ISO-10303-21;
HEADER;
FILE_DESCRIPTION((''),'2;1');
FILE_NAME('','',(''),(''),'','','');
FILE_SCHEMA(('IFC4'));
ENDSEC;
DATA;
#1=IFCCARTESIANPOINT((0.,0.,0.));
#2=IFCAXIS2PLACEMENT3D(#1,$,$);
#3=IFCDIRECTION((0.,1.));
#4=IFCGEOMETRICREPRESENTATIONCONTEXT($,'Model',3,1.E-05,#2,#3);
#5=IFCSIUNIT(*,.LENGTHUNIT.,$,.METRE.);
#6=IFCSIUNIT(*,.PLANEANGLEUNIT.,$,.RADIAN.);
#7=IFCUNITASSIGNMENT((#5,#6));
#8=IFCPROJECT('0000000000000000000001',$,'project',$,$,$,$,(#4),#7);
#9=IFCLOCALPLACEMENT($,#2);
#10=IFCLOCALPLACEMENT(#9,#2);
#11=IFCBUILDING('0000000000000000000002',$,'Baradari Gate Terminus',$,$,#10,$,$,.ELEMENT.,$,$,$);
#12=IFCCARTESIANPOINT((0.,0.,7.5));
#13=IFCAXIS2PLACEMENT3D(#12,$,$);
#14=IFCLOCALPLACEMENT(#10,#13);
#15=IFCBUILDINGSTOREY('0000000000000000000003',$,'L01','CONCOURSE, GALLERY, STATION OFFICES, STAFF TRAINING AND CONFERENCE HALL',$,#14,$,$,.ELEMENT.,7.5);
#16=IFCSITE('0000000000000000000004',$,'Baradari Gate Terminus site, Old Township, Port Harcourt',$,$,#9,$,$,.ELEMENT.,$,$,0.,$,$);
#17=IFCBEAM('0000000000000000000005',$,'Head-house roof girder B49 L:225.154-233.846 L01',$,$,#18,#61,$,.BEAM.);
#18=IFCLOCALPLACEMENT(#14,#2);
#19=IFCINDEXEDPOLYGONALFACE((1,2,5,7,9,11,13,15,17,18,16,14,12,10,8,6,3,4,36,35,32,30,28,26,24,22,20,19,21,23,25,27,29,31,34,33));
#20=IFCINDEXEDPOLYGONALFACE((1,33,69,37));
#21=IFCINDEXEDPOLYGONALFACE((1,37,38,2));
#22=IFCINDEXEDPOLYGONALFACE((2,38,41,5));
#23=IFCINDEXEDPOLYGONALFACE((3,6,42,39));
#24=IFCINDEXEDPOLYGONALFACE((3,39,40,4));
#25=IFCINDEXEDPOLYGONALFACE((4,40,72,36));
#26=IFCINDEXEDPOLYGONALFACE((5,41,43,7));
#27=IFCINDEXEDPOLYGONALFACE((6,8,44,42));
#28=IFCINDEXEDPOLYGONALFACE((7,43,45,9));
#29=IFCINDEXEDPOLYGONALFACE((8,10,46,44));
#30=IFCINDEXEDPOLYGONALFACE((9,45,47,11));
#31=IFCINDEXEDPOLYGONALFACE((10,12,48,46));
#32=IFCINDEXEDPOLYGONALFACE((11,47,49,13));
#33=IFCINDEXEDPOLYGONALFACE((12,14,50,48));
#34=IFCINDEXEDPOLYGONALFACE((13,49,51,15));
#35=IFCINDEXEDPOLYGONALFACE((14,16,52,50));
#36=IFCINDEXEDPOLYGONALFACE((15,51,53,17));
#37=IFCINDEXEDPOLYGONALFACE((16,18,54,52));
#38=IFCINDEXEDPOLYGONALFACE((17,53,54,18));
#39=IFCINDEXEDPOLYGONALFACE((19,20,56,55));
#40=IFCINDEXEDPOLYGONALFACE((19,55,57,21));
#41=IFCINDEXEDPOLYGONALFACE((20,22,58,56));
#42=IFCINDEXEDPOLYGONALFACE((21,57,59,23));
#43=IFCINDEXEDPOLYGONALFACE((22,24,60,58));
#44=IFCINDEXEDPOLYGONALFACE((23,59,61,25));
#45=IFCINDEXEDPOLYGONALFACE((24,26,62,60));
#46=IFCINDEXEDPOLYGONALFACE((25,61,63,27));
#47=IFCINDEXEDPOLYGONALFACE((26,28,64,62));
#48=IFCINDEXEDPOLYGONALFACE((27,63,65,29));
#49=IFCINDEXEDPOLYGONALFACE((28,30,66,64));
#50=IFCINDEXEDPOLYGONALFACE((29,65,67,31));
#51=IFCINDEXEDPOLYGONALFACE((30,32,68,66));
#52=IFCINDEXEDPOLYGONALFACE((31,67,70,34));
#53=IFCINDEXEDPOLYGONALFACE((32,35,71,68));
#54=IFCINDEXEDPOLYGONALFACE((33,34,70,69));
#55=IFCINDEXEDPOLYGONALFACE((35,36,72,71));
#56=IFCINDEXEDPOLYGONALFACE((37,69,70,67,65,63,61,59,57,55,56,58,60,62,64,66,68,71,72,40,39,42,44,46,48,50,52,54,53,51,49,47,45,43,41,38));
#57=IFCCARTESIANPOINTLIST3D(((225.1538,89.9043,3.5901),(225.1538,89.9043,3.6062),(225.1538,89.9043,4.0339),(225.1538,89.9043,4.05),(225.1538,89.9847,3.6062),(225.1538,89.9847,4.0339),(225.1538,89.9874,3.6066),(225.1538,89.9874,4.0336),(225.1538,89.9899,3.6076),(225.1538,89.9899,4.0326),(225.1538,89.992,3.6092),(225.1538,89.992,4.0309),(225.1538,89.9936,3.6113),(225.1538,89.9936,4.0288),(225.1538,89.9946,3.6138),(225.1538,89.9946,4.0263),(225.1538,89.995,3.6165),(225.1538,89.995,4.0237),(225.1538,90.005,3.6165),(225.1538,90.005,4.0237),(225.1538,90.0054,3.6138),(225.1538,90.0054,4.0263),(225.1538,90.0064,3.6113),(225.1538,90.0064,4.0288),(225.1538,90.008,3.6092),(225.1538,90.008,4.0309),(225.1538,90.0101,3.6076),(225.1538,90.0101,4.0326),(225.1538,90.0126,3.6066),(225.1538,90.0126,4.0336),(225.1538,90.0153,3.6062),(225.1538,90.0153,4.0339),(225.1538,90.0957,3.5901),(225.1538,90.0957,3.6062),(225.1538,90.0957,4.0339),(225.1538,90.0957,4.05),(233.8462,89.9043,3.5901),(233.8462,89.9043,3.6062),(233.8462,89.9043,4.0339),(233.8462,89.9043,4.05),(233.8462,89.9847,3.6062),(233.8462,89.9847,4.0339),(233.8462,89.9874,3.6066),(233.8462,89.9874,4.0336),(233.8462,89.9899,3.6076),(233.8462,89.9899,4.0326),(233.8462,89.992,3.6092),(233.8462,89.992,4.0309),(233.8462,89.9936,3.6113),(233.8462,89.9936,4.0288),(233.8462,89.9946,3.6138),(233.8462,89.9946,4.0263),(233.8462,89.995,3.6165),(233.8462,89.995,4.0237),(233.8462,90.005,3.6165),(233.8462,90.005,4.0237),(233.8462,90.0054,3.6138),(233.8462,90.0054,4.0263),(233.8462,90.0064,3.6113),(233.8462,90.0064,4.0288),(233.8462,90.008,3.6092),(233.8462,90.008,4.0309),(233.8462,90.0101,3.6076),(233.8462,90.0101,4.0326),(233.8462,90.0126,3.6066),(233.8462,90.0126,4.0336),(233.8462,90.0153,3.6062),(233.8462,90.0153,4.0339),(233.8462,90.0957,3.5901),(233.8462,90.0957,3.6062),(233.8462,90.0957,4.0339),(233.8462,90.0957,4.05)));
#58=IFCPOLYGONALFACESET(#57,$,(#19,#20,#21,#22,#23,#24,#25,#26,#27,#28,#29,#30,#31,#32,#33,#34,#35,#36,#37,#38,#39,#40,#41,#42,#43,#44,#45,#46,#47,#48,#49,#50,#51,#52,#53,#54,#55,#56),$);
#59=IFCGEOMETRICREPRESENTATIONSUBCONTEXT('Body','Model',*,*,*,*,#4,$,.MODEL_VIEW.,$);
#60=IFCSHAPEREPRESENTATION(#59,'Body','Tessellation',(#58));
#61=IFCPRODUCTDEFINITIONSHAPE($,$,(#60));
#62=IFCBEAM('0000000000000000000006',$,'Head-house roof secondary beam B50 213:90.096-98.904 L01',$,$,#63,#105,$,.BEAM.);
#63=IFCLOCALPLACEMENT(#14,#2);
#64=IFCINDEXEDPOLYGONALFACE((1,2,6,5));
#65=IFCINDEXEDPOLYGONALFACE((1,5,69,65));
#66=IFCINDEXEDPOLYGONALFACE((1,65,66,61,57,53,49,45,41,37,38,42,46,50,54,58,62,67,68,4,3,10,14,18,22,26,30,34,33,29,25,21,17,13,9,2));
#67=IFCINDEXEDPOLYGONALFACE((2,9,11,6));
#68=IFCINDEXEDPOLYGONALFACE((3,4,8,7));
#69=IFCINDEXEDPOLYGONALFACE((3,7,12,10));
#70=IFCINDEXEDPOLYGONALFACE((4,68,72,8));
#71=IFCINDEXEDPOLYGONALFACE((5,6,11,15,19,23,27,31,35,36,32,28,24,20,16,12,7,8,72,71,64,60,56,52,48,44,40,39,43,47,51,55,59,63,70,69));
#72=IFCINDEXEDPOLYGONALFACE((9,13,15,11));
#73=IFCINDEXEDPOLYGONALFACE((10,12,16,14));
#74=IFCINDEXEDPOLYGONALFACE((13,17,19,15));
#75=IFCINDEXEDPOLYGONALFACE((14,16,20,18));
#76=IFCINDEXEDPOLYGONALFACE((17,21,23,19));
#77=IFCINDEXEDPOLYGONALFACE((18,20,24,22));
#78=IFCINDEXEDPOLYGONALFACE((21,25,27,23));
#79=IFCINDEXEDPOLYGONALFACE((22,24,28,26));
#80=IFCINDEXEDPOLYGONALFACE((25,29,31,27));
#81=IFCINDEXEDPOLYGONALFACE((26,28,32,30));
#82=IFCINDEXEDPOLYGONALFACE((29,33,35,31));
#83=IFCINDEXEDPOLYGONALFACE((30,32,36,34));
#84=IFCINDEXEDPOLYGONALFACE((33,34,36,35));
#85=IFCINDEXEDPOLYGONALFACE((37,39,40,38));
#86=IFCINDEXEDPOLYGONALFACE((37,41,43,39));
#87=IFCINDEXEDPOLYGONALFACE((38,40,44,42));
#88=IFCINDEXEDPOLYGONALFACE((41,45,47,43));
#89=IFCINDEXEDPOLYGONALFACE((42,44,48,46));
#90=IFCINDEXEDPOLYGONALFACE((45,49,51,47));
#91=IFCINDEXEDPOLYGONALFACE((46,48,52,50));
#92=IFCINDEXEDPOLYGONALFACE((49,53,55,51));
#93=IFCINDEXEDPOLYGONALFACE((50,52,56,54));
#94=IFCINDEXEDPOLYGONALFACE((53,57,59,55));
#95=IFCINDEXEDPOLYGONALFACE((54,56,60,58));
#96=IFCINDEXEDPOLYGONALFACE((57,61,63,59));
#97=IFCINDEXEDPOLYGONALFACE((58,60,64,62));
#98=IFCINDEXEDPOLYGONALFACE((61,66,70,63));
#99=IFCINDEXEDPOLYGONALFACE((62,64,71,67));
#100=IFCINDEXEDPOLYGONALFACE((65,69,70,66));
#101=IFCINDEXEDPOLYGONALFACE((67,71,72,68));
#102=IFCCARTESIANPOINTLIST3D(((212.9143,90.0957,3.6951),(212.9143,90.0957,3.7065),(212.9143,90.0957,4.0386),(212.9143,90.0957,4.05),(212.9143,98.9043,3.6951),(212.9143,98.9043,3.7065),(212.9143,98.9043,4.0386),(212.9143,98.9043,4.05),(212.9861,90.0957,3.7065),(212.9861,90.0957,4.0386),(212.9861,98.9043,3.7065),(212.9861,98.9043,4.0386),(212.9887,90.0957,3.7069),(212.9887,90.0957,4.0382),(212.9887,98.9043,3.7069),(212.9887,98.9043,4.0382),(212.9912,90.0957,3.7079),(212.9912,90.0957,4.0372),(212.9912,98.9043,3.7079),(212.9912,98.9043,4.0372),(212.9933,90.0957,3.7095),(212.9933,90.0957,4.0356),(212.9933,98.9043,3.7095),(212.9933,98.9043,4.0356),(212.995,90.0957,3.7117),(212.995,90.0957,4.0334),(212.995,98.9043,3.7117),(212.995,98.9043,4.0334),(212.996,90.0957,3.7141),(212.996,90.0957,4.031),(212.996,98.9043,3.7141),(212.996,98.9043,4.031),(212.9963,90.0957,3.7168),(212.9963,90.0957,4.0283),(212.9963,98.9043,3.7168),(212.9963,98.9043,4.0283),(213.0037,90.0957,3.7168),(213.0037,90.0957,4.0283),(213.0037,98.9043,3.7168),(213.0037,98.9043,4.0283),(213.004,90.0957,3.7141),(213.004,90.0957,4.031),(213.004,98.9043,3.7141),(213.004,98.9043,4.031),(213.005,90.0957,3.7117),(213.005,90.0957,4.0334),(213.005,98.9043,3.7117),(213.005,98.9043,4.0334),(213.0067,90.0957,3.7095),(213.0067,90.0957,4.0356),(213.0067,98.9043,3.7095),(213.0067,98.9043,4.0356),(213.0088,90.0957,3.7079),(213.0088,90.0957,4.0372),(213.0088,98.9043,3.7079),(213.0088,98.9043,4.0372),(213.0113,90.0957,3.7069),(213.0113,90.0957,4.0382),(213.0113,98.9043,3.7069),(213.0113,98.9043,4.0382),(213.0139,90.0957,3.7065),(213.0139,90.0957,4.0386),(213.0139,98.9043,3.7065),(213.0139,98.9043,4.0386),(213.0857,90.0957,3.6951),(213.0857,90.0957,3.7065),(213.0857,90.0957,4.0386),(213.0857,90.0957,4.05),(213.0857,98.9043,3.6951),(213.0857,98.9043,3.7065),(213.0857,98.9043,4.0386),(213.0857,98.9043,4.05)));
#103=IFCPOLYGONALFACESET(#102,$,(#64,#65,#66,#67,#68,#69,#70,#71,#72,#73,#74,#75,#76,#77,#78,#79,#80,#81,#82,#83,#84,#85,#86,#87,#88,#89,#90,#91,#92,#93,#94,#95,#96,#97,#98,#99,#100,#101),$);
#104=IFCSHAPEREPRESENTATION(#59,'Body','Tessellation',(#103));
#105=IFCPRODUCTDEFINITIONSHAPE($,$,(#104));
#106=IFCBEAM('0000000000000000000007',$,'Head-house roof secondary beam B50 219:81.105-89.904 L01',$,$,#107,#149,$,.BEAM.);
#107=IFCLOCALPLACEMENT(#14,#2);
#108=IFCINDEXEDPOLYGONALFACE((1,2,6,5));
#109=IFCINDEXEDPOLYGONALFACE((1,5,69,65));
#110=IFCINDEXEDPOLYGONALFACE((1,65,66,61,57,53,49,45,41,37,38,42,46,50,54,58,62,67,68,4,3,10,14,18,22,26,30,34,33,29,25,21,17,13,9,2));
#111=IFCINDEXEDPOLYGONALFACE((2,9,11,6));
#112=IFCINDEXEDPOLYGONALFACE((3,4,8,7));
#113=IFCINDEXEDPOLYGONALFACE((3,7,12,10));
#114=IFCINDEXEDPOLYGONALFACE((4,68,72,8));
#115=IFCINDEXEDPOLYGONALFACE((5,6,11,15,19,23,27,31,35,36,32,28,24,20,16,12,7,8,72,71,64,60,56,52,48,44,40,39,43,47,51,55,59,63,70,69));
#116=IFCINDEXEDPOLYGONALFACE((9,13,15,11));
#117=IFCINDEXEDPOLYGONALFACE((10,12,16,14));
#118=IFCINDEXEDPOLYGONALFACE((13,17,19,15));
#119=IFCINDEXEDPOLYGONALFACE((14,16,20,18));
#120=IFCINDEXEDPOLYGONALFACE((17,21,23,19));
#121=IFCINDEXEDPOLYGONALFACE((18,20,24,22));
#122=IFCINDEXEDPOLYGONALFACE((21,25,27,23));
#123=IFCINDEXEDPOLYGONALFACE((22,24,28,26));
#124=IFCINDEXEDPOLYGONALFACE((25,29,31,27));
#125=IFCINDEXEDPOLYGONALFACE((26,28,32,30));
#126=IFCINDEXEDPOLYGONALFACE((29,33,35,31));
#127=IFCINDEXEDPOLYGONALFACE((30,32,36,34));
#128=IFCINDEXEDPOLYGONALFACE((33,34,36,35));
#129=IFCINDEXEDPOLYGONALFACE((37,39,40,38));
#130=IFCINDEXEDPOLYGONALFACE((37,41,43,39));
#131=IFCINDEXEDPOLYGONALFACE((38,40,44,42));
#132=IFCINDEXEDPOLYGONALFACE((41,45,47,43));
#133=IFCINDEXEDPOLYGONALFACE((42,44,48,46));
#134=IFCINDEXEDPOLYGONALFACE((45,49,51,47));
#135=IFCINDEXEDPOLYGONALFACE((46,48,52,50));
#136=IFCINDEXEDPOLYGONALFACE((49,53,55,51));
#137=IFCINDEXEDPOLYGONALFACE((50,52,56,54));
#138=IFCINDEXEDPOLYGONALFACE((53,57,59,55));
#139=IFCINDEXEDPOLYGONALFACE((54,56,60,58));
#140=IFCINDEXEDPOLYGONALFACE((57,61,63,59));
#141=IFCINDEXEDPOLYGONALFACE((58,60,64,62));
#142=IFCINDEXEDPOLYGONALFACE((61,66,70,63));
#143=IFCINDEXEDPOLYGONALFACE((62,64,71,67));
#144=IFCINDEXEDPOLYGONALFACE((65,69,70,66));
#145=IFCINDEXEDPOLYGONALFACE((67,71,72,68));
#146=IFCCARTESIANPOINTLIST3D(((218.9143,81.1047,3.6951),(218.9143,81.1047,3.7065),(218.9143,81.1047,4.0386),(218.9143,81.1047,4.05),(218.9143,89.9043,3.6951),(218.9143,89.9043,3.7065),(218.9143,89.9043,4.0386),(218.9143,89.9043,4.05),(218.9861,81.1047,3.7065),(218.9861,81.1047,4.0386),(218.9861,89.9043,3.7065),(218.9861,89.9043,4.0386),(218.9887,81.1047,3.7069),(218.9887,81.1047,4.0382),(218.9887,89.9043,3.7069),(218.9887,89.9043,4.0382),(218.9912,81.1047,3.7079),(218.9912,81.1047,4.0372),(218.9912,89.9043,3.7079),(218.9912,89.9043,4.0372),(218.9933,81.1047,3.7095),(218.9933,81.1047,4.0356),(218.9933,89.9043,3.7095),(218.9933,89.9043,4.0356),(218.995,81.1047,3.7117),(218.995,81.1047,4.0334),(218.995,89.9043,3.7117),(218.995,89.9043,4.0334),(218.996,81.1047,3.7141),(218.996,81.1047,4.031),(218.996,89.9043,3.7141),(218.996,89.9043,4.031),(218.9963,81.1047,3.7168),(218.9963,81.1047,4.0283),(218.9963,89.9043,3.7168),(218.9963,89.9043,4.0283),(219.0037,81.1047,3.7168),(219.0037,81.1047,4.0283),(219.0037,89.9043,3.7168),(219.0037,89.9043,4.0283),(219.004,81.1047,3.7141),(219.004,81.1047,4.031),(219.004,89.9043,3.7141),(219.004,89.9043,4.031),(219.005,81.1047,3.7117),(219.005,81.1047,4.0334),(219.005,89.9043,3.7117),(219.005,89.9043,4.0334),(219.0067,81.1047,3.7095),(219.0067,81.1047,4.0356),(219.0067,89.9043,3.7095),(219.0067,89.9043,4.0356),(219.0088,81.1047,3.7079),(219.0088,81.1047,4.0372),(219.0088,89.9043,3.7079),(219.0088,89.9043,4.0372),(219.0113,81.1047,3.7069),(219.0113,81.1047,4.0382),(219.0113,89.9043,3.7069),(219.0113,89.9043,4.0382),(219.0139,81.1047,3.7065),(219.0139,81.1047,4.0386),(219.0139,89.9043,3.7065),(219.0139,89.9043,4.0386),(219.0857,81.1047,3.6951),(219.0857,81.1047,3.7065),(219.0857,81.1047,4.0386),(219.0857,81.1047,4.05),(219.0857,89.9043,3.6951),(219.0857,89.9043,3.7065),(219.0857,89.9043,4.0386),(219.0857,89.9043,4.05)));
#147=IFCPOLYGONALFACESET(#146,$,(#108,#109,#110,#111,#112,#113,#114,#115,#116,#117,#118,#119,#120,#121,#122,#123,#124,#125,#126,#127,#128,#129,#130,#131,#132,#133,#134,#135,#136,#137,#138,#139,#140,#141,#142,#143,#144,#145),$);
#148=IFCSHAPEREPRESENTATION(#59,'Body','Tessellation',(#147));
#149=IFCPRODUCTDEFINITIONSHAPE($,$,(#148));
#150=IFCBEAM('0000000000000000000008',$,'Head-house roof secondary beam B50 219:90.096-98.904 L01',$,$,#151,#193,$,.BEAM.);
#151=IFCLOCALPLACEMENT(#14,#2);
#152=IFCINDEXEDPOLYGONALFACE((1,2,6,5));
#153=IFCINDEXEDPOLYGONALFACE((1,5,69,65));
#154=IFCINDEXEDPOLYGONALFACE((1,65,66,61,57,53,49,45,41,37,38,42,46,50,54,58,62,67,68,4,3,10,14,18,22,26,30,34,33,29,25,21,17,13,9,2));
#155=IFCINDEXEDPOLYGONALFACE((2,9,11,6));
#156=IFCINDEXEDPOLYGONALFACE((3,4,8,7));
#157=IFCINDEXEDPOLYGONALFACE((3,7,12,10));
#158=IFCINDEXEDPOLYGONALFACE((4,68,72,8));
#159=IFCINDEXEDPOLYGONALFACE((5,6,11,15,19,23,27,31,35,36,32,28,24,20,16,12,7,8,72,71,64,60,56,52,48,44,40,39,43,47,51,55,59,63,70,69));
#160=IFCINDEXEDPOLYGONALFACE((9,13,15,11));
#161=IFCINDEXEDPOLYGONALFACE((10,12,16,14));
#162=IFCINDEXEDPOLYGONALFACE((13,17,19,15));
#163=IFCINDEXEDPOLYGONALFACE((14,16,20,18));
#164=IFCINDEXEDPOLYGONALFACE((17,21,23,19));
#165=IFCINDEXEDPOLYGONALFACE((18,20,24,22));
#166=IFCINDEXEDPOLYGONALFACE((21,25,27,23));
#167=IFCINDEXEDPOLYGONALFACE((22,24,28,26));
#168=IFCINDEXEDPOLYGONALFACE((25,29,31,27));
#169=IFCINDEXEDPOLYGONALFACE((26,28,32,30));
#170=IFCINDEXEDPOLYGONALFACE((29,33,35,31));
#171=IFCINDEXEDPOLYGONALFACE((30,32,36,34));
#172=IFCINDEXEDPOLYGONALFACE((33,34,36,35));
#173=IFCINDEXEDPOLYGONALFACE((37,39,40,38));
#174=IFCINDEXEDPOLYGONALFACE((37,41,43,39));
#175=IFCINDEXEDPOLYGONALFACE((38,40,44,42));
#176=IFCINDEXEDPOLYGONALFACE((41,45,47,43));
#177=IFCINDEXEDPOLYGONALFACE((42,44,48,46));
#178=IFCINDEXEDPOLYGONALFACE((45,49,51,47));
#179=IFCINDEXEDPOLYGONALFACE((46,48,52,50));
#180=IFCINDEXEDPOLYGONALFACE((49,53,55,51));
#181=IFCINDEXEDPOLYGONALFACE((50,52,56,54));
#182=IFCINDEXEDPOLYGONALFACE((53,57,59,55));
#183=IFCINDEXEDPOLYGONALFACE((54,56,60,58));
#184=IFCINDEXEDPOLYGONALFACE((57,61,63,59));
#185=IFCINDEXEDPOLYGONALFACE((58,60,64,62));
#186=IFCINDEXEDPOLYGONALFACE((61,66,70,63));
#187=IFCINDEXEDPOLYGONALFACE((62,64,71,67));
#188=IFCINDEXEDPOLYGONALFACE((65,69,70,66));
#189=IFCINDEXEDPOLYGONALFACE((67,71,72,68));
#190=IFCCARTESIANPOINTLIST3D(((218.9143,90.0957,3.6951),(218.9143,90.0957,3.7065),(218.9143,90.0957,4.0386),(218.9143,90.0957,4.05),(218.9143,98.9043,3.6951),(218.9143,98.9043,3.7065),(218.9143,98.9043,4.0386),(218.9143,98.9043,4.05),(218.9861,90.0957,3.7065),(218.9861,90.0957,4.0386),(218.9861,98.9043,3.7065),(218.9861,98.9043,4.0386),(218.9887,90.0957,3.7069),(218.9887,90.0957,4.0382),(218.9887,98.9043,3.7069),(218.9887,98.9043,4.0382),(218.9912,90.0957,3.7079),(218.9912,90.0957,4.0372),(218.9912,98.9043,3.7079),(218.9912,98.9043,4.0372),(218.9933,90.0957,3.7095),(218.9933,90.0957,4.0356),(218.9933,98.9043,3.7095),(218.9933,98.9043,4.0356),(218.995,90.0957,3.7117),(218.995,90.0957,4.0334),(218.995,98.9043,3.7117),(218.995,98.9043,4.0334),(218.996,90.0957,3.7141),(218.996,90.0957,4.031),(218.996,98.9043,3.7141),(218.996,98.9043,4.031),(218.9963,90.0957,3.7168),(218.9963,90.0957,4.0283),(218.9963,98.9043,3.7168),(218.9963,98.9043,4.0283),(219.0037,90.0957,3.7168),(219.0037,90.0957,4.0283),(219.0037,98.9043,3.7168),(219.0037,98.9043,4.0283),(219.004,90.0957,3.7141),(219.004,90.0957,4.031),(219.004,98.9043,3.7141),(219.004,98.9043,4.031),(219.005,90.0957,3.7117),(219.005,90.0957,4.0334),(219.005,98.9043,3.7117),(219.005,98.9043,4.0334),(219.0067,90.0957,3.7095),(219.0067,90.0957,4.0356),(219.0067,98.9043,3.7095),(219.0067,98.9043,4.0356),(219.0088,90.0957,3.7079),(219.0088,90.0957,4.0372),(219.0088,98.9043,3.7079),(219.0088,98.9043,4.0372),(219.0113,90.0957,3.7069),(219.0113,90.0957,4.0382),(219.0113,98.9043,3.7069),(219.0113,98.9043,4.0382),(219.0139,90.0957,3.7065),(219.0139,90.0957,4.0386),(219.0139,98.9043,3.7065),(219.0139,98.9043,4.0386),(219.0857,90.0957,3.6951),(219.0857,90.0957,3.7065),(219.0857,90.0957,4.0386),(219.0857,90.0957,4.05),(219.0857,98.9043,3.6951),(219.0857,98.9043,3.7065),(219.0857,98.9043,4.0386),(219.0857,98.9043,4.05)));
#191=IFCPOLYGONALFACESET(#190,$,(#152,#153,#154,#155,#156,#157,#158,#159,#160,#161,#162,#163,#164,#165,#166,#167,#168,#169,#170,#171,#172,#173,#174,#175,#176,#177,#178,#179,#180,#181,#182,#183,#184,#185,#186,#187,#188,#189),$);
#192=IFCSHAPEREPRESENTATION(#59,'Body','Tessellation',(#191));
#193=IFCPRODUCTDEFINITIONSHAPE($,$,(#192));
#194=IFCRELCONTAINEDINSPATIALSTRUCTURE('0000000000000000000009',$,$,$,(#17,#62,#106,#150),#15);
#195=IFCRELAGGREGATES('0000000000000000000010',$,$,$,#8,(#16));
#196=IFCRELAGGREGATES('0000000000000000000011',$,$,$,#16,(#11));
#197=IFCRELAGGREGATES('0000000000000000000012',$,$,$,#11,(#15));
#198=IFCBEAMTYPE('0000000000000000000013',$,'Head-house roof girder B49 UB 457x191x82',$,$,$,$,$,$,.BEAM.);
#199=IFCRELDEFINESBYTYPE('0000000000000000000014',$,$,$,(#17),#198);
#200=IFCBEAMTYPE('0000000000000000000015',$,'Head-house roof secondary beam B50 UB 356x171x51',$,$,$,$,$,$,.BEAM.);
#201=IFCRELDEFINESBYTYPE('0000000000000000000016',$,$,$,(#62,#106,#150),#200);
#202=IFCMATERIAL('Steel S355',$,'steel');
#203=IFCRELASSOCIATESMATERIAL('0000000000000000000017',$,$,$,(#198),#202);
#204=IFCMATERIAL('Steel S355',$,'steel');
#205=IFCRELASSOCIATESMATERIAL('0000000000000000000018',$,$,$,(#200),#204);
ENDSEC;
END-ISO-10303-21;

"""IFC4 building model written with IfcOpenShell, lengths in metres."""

from ifc_helpers import new_model, si_unit, direction, frame, origin, origin_2d, place, context, subcontext, project, spatial, i_section, extrude, material, material_profile, profile_set, type_object, element, save


model = new_model("IFC4")

# Units and contexts
model_context = context("Model", 3, precision=1e-05, world=origin(), true_north=direction((0.0, 1.0)))
body_context = subcontext(model_context, "Body", "Model", "MODEL_VIEW")
ifc_project = project(units=[si_unit("LENGTHUNIT", "METRE"), si_unit("PLANEANGLEUNIT", "RADIAN")], contexts=[model_context])

# Site, building, storey
site_placement = place(None, origin())
site = spatial("IfcSite", under=ifc_project, at=site_placement, Name="Baradari Gate Terminus site, Old Township, Port Harcourt", CompositionType="ELEMENT", RefElevation=0.0)
building_placement = place(site_placement, origin())
building = spatial("IfcBuilding", under=site, at=building_placement, Name="Baradari Gate Terminus", CompositionType="ELEMENT")
storey_placement = place(building_placement, frame((0.0, 0.0, 7.5)))
storey = spatial("IfcBuildingStorey", under=building, at=storey_placement, Name="L01", Description="CONCOURSE, GALLERY, STATION OFFICES, STAFF TRAINING AND CONFERENCE HALL", CompositionType="ELEMENT", Elevation=7.5)

# Beams
ifc_material_1 = material(Name="Steel S355", Category="steel")
ifc_material_profile_1 = material_profile(ifc_material_1, i_section(OverallWidth=0.1914, OverallDepth=0.46, WebThickness=0.01, FlangeThickness=0.0161, FilletRadius=0.0103, at=origin_2d()), Name="UB 457x191x82")
ifc_profile_set_1 = profile_set([ifc_material_profile_1], Name="Steel S355")
beam_type_1 = type_object("IfcBeamType", Name="Head-house roof girder B49 UB 457x191x82", PredefinedType="BEAM", material=ifc_profile_set_1)
for number, where, z_axis, x_axis, name in (
    (1, (225.1538, 90.0, 3.8201), (1.0, 0.0, 0.0), (0.0, 1.0, 0.0), "Head-house roof girder B49 L:225.154-233.846 L01"),
):
    element("IfcBeam", number, at=place(storey_placement, frame(where, z_axis=z_axis, x_axis=x_axis)), inside=storey, type_object=beam_type_1, Name=name, PredefinedType="BEAM", context=body_context, shape_type="SweptSolid", body=[
        extrude(i_section(OverallWidth=0.1914, OverallDepth=0.46, WebThickness=0.01, FlangeThickness=0.0161, FilletRadius=0.0103, at=origin_2d()), origin(), (0.0, 0.0, 1.0), 8.6924),
    ])
ifc_material_2 = material(Name="Steel S355", Category="steel")
ifc_material_profile_2 = material_profile(ifc_material_2, i_section(OverallWidth=0.1714, OverallDepth=0.355, WebThickness=0.0073, FlangeThickness=0.0115, FilletRadius=0.0103, at=origin_2d()), Name="UB 356x171x51")
ifc_profile_set_2 = profile_set([ifc_material_profile_2], Name="Steel S355")
beam_type_2 = type_object("IfcBeamType", Name="Head-house roof secondary beam B50 UB 356x171x51", PredefinedType="BEAM", material=ifc_profile_set_2)
beam_1_placement = place(storey_placement, frame((213.0, 90.0957, 3.8726), z_axis=(0.0, 1.0, 0.0), x_axis=(-1.0, 0.0, 0.0)))
element("IfcBeam", 2, at=beam_1_placement, inside=storey, type_object=beam_type_2, Name="Head-house roof secondary beam B50 213:90.096-98.904 L01", PredefinedType="BEAM", context=body_context, shape_type="SweptSolid", body=[
    extrude(i_section(OverallWidth=0.1714, OverallDepth=0.355, WebThickness=0.0073, FlangeThickness=0.0115, FilletRadius=0.0103, at=origin_2d()), origin(), (0.0, 0.0, 1.0), 8.8086),
])
beam_2_placement = place(storey_placement, frame((219.0, 81.1047, 3.8726), z_axis=(0.0, 1.0, 0.0), x_axis=(-1.0, 0.0, 0.0)))
element("IfcBeam", 3, at=beam_2_placement, inside=storey, type_object=beam_type_2, Name="Head-house roof secondary beam B50 219:81.105-89.904 L01", PredefinedType="BEAM", context=body_context, shape_type="SweptSolid", body=[
    extrude(i_section(OverallWidth=0.1714, OverallDepth=0.355, WebThickness=0.0073, FlangeThickness=0.0115, FilletRadius=0.0103, at=origin_2d()), origin(), (0.0, 0.0, 1.0), 8.7996),
])
beam_3_placement = place(storey_placement, frame((219.0, 90.0957, 3.8726), z_axis=(0.0, 1.0, 0.0), x_axis=(-1.0, 0.0, 0.0)))
element("IfcBeam", 4, at=beam_3_placement, inside=storey, type_object=beam_type_2, Name="Head-house roof secondary beam B50 219:90.096-98.904 L01", PredefinedType="BEAM", context=body_context, shape_type="SweptSolid", body=[
    extrude(i_section(OverallWidth=0.1714, OverallDepth=0.355, WebThickness=0.0073, FlangeThickness=0.0115, FilletRadius=0.0103, at=origin_2d()), origin(), (0.0, 0.0, 1.0), 8.8086),
])

save(model, "model.ifc")
